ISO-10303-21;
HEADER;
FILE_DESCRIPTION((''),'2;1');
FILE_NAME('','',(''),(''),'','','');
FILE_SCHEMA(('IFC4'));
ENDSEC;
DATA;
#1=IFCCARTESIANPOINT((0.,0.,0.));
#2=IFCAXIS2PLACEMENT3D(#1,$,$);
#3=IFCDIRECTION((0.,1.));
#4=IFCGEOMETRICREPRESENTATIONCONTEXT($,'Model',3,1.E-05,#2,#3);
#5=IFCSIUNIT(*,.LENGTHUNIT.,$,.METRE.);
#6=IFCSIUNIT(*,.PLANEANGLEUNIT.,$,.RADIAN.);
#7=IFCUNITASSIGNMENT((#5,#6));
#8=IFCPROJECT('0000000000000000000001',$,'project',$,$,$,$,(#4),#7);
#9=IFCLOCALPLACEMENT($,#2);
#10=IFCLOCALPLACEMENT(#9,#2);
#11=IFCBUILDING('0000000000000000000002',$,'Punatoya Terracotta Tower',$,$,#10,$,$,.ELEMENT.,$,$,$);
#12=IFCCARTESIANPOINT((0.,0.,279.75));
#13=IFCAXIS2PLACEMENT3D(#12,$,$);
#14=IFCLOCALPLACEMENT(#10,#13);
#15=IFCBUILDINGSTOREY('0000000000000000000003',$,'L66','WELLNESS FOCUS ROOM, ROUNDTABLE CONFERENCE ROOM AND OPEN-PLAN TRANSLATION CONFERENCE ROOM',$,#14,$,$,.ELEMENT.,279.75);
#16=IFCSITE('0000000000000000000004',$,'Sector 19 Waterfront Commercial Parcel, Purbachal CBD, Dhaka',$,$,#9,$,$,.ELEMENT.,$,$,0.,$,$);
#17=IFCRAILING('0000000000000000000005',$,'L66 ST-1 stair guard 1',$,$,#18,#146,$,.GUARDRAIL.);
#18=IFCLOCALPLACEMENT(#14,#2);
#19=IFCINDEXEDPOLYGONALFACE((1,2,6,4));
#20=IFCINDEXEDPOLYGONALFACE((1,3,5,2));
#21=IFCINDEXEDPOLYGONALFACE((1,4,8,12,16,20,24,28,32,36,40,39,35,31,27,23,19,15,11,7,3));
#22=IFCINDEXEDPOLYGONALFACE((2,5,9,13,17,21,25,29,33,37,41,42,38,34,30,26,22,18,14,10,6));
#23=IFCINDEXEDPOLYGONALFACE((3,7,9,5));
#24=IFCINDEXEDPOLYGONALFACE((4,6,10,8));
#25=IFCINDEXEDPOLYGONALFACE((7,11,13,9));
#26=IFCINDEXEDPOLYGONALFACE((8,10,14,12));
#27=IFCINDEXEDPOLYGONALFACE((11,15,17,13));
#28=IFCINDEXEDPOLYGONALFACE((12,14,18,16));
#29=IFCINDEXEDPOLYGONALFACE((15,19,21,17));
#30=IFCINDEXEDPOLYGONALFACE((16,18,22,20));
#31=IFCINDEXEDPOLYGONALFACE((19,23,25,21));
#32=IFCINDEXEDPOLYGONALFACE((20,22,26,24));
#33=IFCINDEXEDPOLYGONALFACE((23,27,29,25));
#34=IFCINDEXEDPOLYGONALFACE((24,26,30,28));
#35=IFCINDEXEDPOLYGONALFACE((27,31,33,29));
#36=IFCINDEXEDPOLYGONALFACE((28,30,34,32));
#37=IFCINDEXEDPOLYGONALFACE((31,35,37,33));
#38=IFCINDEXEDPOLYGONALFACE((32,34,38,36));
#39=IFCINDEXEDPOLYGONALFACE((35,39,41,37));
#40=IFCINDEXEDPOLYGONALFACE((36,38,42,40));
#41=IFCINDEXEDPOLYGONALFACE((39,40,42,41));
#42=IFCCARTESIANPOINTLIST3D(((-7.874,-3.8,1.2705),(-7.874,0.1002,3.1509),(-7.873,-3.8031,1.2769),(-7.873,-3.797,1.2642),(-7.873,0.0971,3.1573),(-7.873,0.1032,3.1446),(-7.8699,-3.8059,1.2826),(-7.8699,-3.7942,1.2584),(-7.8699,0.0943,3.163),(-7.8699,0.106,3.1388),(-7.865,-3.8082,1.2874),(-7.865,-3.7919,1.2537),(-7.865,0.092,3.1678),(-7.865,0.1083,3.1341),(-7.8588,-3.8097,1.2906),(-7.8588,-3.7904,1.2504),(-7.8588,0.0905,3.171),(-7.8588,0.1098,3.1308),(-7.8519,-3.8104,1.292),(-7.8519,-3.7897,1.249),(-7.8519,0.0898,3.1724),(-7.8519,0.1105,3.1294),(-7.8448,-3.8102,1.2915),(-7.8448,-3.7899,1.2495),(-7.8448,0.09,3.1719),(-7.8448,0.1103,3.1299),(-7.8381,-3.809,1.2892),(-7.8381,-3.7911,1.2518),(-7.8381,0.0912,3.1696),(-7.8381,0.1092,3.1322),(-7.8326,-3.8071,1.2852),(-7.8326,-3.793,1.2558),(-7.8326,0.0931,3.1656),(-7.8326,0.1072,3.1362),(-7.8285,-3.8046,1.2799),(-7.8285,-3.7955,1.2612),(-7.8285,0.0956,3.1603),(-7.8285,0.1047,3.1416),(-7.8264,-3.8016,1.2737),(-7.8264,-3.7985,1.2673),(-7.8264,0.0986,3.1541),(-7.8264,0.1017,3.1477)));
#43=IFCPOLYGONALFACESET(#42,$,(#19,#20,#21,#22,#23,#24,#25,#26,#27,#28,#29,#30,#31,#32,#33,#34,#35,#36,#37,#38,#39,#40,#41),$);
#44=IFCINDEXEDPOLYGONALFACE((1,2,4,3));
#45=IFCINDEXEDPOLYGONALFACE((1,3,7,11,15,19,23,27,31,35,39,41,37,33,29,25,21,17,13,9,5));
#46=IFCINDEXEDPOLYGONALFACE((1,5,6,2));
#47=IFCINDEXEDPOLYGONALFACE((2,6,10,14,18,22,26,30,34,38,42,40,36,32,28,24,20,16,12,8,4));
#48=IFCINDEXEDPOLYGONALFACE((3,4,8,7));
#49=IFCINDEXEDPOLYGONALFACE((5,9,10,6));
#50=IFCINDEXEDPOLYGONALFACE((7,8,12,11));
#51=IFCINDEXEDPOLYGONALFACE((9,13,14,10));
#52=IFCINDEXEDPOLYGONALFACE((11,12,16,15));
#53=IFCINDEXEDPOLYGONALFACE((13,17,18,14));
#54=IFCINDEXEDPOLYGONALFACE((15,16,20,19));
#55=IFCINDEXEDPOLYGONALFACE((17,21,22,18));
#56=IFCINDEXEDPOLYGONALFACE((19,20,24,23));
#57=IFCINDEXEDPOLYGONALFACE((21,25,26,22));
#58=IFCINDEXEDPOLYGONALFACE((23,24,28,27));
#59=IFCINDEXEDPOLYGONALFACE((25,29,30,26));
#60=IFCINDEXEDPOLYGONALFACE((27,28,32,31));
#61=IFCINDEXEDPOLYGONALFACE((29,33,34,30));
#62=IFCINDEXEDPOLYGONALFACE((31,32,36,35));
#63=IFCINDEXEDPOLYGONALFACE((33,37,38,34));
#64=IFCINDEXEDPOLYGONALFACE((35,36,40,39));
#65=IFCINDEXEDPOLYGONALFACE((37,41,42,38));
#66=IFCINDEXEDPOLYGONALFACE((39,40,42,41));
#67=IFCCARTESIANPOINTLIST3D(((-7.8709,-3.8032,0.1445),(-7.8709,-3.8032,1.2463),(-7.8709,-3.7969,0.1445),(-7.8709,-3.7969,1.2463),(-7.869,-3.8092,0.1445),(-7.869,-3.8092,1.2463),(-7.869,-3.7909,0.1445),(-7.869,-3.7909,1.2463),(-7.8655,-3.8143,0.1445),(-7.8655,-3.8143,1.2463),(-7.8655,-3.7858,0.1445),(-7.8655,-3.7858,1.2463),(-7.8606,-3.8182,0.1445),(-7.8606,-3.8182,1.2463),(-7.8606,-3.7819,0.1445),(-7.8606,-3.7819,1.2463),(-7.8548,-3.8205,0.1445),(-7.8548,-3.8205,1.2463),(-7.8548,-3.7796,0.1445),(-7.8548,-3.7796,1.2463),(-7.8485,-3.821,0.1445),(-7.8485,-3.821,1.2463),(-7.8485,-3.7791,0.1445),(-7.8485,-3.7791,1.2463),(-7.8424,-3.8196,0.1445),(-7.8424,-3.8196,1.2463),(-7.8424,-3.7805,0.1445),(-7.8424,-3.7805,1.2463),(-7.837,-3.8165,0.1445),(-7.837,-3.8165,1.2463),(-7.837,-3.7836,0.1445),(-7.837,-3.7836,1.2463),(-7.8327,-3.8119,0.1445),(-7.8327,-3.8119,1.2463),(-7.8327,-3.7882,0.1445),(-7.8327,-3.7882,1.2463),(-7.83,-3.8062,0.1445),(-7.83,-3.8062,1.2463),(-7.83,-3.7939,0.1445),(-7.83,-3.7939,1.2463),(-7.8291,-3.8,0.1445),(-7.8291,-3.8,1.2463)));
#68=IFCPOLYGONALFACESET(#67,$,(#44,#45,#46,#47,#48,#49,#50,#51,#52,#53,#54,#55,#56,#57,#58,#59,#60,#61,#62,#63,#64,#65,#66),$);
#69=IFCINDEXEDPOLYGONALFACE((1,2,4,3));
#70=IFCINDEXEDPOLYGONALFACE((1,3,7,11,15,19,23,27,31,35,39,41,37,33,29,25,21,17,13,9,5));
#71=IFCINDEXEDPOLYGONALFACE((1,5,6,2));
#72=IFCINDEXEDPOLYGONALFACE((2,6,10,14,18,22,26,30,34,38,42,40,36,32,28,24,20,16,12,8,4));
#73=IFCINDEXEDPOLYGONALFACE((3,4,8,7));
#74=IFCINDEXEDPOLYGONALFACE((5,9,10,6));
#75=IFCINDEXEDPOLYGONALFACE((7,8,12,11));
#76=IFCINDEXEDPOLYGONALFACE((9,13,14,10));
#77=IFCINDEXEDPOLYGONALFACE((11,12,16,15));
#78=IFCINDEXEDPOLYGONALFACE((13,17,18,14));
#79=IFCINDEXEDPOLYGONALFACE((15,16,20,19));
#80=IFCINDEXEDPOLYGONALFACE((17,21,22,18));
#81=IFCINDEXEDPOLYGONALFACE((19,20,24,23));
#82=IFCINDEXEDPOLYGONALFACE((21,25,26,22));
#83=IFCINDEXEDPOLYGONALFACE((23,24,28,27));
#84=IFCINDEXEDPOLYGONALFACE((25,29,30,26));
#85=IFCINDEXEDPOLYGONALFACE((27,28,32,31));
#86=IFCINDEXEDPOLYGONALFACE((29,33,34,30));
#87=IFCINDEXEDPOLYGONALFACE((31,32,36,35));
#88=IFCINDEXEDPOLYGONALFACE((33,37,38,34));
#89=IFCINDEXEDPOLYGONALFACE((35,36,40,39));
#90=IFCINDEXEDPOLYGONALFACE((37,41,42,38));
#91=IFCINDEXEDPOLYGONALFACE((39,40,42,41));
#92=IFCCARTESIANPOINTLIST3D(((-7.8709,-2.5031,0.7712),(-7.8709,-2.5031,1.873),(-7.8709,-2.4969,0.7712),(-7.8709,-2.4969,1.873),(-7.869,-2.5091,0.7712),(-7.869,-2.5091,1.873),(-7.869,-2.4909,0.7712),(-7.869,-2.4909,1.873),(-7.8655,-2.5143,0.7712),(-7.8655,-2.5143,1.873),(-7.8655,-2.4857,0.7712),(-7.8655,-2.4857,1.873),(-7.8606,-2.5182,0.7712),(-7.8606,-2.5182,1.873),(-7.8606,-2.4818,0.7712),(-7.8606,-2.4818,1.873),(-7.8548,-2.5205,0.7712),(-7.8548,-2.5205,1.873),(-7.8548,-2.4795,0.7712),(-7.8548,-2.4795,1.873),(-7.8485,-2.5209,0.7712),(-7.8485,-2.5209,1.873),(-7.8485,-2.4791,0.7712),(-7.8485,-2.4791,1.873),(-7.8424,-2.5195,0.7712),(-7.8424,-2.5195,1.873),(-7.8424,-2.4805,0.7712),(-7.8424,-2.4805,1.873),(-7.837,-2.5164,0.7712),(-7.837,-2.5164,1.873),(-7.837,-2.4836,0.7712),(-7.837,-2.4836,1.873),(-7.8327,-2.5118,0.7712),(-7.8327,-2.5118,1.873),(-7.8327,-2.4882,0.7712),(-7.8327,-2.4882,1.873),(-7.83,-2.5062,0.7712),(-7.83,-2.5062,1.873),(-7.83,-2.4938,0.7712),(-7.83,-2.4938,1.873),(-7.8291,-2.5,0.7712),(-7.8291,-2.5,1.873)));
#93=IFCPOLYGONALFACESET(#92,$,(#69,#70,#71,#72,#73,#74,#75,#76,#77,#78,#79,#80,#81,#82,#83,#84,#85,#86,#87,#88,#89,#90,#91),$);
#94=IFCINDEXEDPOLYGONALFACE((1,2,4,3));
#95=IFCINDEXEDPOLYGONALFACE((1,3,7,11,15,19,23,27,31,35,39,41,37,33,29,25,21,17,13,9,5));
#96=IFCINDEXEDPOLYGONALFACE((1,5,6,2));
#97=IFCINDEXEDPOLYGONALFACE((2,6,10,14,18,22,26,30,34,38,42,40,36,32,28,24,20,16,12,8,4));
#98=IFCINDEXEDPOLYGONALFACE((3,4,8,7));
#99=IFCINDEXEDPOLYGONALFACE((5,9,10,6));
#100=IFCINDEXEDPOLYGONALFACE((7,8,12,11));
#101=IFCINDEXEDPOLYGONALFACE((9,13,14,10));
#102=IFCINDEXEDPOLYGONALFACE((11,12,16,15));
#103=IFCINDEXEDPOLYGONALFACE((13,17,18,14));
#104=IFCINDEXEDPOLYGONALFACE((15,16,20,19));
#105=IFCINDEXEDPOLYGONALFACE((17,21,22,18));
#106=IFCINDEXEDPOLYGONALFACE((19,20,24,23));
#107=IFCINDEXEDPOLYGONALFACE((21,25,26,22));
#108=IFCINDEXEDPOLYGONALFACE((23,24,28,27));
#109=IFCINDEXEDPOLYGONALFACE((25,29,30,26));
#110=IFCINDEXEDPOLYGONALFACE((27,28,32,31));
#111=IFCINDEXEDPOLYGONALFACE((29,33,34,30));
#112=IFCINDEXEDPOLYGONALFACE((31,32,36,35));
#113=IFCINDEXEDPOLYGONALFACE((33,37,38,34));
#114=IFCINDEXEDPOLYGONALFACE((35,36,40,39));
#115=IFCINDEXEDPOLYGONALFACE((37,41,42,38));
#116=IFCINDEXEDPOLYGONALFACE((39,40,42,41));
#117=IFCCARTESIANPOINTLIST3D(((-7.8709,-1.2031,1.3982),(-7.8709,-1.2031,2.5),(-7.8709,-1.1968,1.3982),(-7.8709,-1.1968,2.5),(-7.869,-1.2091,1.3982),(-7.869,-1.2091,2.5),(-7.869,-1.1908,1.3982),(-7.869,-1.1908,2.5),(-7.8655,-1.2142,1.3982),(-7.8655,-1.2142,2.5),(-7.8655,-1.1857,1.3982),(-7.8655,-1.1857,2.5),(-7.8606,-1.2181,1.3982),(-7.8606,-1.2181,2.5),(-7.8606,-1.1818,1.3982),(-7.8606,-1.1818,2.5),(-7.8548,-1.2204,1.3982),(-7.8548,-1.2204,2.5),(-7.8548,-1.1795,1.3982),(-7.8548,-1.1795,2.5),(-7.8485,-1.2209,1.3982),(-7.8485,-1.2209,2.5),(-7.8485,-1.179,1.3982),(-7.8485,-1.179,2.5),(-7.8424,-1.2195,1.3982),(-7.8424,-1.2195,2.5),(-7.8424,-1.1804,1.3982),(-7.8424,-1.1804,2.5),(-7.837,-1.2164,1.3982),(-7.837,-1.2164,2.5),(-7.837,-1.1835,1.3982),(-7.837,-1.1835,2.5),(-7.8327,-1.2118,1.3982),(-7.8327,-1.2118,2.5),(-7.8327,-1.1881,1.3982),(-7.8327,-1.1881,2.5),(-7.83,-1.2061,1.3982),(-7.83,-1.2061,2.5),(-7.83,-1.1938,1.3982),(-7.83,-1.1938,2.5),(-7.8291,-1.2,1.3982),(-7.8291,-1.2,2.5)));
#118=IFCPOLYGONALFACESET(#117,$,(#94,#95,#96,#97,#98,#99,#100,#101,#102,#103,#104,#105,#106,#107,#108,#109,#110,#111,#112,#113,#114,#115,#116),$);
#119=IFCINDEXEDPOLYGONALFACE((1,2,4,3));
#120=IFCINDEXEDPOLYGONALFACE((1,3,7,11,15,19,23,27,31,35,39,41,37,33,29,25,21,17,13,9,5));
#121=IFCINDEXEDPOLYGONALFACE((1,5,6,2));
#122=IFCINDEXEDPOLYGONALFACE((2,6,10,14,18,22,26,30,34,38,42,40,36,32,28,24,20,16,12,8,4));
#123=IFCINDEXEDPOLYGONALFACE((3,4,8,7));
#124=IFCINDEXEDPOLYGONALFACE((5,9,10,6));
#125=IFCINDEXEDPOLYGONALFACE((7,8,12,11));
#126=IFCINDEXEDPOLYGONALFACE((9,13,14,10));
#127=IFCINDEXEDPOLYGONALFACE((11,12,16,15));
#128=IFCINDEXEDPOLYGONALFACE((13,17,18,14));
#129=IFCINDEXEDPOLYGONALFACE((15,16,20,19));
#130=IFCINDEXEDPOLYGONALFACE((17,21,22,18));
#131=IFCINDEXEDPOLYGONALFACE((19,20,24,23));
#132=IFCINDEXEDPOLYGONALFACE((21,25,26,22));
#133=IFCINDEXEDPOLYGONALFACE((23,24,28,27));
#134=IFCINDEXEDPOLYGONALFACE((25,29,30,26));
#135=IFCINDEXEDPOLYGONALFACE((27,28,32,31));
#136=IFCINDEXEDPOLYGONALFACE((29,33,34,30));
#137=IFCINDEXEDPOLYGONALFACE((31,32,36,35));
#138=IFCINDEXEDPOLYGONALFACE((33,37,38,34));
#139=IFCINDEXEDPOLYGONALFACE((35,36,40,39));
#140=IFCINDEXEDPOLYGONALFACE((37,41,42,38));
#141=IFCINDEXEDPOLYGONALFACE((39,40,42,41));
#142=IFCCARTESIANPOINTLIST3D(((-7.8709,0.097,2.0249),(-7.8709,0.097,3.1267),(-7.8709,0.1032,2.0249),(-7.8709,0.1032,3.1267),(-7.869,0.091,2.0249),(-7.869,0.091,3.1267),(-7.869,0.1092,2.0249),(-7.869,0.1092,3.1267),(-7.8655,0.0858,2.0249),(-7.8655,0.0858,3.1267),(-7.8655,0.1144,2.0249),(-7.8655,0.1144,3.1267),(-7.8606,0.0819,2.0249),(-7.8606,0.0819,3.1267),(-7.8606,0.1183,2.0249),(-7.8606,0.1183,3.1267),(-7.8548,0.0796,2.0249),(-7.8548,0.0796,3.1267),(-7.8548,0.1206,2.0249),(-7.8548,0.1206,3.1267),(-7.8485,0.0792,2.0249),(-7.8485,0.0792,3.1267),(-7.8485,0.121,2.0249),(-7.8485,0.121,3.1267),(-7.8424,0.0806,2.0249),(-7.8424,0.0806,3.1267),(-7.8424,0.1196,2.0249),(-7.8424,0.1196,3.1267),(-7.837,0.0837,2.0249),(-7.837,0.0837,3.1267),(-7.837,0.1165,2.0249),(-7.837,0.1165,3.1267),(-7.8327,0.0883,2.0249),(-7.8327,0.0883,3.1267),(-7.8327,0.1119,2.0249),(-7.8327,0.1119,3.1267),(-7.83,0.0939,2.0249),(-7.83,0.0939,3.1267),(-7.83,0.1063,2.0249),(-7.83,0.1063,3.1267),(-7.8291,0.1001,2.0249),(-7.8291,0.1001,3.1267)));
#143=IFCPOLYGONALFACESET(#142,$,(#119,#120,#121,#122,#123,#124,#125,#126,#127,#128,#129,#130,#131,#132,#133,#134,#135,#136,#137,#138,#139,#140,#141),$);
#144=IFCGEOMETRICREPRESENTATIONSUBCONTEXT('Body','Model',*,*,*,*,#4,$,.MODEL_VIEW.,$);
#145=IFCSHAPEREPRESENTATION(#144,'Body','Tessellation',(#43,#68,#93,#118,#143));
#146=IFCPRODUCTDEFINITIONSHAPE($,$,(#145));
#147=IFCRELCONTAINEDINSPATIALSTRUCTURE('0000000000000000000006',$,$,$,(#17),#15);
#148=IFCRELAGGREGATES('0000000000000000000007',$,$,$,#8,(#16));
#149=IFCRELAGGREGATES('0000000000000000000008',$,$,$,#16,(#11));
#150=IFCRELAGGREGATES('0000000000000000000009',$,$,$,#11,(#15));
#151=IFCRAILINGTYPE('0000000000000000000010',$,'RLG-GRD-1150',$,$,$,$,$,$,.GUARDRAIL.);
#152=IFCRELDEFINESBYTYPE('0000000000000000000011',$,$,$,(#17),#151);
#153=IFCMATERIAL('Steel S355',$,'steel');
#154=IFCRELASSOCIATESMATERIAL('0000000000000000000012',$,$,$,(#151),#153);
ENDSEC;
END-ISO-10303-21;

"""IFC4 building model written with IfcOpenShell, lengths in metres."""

from ifc_helpers import new_model, si_unit, direction, frame, origin, origin_2d, place, context, subcontext, project, spatial, circle, extrude, material, type_object, element, save


model = new_model("IFC4")

# Units and contexts
model_context = context("Model", 3, precision=1e-05, world=origin(), true_north=direction((0.0, 1.0)))
body_context = subcontext(model_context, "Body", "Model", "MODEL_VIEW")
ifc_project = project(units=[si_unit("LENGTHUNIT", "METRE"), si_unit("PLANEANGLEUNIT", "RADIAN")], contexts=[model_context])

# Site, building, storey
site_placement = place(None, origin())
site = spatial("IfcSite", under=ifc_project, at=site_placement, Name="Sector 19 Waterfront Commercial Parcel, Purbachal CBD, Dhaka", CompositionType="ELEMENT", RefElevation=0.0)
building_placement = place(site_placement, origin())
building = spatial("IfcBuilding", under=site, at=building_placement, Name="Punatoya Terracotta Tower", CompositionType="ELEMENT")
storey_placement = place(building_placement, frame((0.0, 0.0, 279.75)))
storey = spatial("IfcBuildingStorey", under=building, at=storey_placement, Name="L66", Description="WELLNESS FOCUS ROOM, ROUNDTABLE CONFERENCE ROOM AND OPEN-PLAN TRANSLATION CONFERENCE ROOM", CompositionType="ELEMENT", Elevation=279.75)

# Railing
ifc_material_1 = material(Name="Steel S355", Category="steel")
railing_type_1 = type_object("IfcRailingType", Name="RLG-GRD-1150", PredefinedType="GUARDRAIL", material=ifc_material_1)
railing_1_placement = place(storey_placement, frame((-7.8501, -3.8, 0.1445)))
element("IfcRailing", 1, at=railing_1_placement, inside=storey, type_object=railing_type_1, Name="L66 ST-1 stair guard 1", PredefinedType="GUARDRAIL", context=body_context, shape_type="SweptSolid", body=[
    extrude(circle(Radius=0.0239, at=origin_2d()), frame((0.0, 0.0, 1.126), z_axis=(0.0, 0.900774, 0.434289), x_axis=(-1.0, 0.0, 0.0)), (0.0, 0.0, 1.0), 4.3298),
    extrude(circle(Radius=0.021, at=origin_2d()), origin(), (0.0, 0.0, 1.0), 1.1018),
    extrude(circle(Radius=0.021, at=origin_2d()), frame((0.0, 1.3, 0.6267)), (0.0, 0.0, 1.0), 1.1018),
    extrude(circle(Radius=0.021, at=origin_2d()), frame((0.0, 2.6001, 1.2537)), (0.0, 0.0, 1.0), 1.1018),
    extrude(circle(Radius=0.021, at=origin_2d()), frame((0.0, 3.9001, 1.8804)), (0.0, 0.0, 1.0), 1.1018),
])

save(model, "model.ifc")
